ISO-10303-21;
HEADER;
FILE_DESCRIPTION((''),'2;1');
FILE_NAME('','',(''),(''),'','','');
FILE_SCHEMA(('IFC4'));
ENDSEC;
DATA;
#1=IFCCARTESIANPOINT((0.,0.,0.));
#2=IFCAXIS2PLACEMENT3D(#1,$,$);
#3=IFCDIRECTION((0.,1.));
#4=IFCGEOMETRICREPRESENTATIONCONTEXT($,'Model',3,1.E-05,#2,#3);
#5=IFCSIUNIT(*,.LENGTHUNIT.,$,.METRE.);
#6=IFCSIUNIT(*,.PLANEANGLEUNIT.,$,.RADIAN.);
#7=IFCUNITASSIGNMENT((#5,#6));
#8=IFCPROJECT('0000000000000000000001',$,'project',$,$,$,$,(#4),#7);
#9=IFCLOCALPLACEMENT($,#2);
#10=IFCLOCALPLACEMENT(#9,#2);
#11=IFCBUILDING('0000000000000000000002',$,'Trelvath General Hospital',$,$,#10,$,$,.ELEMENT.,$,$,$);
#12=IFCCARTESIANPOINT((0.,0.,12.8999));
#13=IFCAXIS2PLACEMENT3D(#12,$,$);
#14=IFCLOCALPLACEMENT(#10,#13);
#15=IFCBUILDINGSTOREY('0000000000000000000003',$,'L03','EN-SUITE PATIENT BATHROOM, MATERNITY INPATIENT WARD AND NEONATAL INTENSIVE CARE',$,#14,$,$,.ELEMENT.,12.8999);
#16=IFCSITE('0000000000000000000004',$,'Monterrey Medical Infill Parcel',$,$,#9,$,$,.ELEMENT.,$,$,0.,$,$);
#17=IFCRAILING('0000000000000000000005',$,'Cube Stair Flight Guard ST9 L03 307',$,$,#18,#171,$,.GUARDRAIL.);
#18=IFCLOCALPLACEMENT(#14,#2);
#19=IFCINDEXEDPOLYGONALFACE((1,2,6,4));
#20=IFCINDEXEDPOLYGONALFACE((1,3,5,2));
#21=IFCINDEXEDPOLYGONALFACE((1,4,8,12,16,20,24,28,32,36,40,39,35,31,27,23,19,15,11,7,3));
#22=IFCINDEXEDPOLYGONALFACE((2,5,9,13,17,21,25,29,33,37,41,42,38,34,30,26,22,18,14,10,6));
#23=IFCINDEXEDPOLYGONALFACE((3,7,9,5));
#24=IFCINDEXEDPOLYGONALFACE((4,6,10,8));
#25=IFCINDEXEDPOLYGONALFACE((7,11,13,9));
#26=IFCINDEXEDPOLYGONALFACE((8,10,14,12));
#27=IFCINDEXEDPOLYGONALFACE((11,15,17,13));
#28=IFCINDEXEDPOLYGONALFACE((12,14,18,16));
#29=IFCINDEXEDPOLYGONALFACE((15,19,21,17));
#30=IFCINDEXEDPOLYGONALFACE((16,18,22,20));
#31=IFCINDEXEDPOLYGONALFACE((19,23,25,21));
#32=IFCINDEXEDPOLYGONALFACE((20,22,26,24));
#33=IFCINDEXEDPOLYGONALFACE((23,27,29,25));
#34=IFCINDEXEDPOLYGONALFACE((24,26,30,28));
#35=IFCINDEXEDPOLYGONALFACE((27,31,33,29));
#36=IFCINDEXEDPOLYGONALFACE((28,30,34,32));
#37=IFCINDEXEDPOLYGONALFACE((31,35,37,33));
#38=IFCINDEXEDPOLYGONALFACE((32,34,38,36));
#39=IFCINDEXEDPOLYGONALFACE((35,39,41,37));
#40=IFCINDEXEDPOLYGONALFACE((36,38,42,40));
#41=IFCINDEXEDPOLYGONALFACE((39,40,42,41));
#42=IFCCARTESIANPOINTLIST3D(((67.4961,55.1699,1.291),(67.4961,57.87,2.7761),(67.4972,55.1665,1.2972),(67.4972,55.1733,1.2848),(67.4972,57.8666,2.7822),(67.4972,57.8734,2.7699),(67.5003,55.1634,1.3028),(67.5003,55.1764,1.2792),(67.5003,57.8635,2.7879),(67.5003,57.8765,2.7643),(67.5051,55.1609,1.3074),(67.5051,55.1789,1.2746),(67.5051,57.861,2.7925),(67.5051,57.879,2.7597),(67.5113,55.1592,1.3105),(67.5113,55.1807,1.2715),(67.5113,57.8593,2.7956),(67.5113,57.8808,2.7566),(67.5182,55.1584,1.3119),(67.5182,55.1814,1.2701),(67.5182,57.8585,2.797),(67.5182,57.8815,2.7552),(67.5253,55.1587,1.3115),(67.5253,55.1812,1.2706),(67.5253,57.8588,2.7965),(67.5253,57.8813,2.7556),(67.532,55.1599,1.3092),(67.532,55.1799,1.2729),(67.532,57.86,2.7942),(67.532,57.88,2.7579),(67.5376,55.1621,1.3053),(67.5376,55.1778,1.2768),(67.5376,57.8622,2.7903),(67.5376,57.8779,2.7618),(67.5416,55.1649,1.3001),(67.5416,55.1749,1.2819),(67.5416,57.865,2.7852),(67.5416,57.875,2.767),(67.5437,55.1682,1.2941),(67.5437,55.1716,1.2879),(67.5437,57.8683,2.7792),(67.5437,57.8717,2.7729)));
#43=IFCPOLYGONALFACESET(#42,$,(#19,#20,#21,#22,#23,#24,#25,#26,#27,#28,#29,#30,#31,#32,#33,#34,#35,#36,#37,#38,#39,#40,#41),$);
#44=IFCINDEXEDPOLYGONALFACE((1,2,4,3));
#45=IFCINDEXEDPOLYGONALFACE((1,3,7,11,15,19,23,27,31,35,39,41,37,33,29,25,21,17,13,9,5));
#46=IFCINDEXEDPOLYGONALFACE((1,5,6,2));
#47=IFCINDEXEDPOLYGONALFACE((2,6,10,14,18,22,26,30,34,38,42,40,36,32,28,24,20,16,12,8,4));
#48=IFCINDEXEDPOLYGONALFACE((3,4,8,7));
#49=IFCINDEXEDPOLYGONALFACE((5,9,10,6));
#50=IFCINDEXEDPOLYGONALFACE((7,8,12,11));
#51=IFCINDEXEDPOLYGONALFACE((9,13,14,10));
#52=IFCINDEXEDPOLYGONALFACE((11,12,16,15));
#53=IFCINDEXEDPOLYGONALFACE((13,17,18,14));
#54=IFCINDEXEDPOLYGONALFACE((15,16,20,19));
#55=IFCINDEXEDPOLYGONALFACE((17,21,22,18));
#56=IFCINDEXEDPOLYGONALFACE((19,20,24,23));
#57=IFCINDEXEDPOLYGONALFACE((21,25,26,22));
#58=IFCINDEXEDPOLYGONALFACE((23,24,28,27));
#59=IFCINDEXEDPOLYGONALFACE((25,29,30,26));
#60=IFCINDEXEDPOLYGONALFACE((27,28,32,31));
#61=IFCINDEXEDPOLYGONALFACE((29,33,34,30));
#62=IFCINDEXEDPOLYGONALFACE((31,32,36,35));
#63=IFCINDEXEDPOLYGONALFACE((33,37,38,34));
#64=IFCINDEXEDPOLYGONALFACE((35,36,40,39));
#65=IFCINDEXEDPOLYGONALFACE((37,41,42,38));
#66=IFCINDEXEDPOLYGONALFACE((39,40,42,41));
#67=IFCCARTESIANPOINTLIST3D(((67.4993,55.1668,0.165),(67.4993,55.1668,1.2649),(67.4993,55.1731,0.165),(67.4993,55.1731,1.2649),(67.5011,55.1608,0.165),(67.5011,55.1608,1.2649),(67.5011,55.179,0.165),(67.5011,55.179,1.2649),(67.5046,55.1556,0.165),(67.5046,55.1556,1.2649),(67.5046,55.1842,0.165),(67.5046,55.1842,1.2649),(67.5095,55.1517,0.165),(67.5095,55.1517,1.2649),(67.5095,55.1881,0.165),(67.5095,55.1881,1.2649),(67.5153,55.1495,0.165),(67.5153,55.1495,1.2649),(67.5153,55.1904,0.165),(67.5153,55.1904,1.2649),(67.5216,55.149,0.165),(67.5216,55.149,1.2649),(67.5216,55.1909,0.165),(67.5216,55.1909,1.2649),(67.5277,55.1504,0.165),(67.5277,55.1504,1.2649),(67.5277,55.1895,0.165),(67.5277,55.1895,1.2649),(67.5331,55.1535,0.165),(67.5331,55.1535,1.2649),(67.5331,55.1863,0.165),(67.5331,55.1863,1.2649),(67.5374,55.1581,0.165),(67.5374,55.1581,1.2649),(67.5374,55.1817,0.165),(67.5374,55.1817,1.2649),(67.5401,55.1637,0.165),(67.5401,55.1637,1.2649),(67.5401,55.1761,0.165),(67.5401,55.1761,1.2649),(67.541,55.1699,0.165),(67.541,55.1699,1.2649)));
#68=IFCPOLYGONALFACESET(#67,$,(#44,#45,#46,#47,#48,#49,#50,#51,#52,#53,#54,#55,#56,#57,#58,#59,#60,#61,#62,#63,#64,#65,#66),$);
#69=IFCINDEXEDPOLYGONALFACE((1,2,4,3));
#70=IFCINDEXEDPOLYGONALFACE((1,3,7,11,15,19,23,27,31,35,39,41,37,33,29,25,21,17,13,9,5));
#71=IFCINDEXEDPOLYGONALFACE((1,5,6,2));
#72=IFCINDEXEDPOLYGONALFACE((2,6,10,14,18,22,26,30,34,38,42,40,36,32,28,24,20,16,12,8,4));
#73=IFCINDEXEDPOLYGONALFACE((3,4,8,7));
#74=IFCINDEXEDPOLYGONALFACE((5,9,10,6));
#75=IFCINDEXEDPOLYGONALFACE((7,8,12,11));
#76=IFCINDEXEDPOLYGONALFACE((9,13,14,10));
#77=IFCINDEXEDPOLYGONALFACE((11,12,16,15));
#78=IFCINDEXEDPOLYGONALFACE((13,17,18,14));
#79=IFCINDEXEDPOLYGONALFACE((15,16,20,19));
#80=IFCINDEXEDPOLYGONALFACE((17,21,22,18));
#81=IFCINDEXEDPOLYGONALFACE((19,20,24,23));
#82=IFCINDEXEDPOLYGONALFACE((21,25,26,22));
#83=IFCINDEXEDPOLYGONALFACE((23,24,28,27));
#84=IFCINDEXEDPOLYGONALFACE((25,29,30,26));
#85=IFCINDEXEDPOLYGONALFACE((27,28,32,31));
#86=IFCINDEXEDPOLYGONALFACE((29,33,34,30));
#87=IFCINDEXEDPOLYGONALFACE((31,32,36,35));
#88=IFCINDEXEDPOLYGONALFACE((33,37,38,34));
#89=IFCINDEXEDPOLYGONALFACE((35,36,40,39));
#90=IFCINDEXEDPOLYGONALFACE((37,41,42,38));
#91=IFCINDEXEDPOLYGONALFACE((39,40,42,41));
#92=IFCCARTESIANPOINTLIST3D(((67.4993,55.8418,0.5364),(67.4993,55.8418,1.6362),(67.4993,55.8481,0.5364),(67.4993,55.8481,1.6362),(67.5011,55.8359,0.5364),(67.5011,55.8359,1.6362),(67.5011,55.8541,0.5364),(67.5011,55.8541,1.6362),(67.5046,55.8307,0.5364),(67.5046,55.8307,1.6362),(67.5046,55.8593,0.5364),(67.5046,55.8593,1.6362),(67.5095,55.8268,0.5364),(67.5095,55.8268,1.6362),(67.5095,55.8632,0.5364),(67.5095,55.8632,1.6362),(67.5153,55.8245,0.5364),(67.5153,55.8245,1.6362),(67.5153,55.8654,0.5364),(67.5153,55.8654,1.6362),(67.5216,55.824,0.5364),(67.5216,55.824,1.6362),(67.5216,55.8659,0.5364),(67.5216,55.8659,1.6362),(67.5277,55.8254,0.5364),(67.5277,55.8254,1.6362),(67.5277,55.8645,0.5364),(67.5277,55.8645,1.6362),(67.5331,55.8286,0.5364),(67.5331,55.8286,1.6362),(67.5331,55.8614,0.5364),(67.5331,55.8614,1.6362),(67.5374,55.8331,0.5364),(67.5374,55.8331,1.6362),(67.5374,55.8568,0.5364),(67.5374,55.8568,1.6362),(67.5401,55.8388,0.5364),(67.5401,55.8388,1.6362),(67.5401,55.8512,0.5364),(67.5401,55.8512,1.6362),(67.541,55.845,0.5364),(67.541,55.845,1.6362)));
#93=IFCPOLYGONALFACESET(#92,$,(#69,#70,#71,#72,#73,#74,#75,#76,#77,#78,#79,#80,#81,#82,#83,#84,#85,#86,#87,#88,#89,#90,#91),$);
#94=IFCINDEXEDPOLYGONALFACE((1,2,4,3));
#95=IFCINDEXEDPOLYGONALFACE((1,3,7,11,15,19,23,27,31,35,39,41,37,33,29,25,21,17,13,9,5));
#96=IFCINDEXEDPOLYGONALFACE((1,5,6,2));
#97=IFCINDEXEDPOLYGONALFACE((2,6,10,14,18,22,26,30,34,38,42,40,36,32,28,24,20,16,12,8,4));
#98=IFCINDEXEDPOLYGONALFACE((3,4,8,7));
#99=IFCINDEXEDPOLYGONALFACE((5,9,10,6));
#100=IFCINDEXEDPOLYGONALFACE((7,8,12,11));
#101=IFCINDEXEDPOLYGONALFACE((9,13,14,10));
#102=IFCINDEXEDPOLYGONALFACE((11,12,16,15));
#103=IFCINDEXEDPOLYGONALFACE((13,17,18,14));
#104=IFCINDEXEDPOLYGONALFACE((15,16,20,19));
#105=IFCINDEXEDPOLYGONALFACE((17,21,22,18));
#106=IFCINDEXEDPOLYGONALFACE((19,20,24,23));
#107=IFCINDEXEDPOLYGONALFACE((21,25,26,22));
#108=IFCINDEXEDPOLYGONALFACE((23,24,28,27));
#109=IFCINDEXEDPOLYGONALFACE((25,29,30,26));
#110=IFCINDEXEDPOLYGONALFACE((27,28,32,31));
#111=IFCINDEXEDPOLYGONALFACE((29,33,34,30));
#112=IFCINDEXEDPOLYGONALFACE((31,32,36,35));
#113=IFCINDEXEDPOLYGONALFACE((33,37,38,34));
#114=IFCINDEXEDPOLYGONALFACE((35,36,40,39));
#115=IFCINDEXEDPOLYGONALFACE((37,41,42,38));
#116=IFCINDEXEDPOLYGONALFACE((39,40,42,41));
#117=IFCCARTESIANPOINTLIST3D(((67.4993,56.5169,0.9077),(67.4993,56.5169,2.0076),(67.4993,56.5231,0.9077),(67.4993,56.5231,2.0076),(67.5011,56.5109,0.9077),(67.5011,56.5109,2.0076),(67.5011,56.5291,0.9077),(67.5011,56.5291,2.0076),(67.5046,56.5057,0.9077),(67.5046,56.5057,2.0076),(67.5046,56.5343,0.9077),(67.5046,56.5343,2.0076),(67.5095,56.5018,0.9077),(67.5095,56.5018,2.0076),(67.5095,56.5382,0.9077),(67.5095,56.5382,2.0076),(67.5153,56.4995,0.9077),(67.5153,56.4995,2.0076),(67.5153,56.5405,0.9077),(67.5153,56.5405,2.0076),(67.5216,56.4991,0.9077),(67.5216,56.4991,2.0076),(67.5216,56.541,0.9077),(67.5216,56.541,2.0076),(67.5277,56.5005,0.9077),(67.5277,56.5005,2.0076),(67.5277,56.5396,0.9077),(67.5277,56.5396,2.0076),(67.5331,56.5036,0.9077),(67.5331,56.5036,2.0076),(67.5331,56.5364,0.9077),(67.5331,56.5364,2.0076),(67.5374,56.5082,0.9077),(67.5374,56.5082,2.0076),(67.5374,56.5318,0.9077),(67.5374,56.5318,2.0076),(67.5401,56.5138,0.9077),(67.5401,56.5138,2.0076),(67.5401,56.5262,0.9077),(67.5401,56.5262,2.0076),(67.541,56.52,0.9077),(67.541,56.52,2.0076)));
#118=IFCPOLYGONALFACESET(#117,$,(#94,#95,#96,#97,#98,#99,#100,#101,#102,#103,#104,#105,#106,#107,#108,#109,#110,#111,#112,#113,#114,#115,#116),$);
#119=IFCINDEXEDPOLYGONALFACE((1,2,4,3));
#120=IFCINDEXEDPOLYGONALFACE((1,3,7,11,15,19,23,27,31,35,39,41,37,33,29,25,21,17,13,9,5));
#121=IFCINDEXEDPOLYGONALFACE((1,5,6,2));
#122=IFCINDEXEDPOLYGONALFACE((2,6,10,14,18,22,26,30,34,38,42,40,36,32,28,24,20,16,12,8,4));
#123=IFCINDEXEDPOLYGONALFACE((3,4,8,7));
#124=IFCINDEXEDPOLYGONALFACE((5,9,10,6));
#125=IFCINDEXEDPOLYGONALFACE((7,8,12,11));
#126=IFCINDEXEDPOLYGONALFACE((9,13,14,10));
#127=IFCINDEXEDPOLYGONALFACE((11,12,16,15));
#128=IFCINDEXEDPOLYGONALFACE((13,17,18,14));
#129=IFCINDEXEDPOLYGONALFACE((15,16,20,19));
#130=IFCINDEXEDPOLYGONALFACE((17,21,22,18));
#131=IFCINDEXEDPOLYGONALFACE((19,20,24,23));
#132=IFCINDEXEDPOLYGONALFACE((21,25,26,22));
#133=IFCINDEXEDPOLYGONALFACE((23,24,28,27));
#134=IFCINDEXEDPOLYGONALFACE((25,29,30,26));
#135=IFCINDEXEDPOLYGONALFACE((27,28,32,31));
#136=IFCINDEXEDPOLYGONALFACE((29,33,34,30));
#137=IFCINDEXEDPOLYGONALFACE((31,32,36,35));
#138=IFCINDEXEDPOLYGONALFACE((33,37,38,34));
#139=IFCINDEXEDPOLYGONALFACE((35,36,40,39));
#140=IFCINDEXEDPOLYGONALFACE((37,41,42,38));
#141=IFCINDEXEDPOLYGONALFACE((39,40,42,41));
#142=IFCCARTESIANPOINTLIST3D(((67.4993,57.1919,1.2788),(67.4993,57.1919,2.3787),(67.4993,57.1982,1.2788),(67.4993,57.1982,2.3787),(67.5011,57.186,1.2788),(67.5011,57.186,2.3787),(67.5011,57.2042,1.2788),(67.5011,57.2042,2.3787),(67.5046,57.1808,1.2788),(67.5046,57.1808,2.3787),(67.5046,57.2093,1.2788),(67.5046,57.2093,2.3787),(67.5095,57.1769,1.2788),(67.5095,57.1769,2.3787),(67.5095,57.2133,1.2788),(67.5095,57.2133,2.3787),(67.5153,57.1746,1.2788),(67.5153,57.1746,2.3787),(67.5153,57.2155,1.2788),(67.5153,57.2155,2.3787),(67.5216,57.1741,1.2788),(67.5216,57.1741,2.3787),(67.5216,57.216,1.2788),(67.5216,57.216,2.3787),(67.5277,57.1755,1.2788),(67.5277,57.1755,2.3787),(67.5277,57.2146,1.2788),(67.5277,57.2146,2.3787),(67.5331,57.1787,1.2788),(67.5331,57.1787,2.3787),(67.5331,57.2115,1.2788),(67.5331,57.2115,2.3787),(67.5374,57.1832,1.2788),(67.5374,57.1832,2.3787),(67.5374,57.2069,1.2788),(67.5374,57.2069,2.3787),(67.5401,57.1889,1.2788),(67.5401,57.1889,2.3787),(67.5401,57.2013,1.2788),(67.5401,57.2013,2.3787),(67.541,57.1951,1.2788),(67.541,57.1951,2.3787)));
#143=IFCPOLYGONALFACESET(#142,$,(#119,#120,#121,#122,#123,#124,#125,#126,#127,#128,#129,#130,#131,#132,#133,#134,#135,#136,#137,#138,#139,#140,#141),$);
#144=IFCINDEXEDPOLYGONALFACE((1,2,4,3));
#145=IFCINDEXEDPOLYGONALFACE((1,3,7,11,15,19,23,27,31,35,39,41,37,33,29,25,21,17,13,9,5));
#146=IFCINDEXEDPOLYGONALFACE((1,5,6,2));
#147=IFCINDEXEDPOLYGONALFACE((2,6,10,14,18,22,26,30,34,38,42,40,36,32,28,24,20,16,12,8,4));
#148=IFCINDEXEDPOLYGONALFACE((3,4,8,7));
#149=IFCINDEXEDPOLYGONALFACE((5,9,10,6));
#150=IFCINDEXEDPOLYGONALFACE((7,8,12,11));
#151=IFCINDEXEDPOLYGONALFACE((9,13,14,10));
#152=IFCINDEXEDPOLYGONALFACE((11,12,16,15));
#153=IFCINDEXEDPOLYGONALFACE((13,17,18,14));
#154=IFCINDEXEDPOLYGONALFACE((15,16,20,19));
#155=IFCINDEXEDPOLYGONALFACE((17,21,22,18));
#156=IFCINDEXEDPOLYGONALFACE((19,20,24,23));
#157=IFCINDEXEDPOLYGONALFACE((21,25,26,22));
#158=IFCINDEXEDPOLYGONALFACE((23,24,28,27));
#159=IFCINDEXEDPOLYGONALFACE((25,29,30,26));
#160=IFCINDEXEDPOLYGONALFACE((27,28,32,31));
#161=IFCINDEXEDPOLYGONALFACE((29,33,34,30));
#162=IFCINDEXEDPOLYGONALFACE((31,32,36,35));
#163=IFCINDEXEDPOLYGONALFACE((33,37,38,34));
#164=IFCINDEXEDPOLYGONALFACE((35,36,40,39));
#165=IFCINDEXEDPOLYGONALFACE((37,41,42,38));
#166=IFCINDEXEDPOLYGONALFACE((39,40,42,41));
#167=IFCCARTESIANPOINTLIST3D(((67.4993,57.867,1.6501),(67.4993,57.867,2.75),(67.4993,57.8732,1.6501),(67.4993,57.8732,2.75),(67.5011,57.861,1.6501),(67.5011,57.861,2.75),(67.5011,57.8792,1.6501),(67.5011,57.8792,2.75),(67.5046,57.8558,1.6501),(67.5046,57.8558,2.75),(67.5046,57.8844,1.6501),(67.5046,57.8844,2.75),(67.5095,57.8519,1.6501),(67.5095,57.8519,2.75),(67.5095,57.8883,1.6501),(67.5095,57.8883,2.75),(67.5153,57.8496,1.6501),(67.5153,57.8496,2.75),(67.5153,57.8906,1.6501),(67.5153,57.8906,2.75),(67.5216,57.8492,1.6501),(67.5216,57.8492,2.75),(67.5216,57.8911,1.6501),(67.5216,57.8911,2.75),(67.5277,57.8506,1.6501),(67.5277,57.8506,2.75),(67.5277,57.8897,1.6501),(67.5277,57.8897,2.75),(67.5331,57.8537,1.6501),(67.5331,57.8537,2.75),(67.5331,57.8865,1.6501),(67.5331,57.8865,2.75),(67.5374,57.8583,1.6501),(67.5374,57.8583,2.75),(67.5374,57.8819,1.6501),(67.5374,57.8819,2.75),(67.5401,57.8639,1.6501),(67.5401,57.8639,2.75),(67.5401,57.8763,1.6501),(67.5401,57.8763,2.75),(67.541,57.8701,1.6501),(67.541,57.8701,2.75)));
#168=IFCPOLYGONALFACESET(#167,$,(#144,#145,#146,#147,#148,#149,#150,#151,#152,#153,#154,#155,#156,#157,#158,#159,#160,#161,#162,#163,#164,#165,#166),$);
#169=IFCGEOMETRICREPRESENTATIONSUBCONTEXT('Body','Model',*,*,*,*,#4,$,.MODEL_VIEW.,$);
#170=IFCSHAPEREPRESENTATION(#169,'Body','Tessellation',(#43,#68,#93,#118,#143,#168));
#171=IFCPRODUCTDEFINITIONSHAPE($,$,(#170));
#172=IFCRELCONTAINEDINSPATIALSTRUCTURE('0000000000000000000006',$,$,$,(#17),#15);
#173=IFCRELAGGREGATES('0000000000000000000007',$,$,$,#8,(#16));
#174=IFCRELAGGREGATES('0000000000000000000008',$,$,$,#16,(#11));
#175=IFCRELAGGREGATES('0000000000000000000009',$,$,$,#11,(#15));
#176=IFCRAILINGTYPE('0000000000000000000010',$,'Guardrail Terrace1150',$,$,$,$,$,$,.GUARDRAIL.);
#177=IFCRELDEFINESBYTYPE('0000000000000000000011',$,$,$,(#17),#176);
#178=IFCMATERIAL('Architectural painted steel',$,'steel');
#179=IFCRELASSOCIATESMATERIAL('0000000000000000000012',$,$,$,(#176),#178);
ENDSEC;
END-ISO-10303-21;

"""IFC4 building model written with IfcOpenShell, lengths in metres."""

from ifc_helpers import new_model, si_unit, direction, frame, origin, origin_2d, place, context, subcontext, project, spatial, circle, extrude, material, type_object, element, save


model = new_model("IFC4")

# Units and contexts
model_context = context("Model", 3, precision=1e-05, world=origin(), true_north=direction((0.0, 1.0)))
body_context = subcontext(model_context, "Body", "Model", "MODEL_VIEW")
ifc_project = project(units=[si_unit("LENGTHUNIT", "METRE"), si_unit("PLANEANGLEUNIT", "RADIAN")], contexts=[model_context])

# Site, building, storey
site_placement = place(None, origin())
site = spatial("IfcSite", under=ifc_project, at=site_placement, Name="Monterrey Medical Infill Parcel", CompositionType="ELEMENT", RefElevation=0.0)
building_placement = place(site_placement, origin())
building = spatial("IfcBuilding", under=site, at=building_placement, Name="Trelvath General Hospital", CompositionType="ELEMENT")
storey_placement = place(building_placement, frame((0.0, 0.0, 12.8999)))
storey = spatial("IfcBuildingStorey", under=building, at=storey_placement, Name="L03", Description="EN-SUITE PATIENT BATHROOM, MATERNITY INPATIENT WARD AND NEONATAL INTENSIVE CARE", CompositionType="ELEMENT", Elevation=12.8999)

# Railing
ifc_material_1 = material(Name="Architectural painted steel", Category="steel")
railing_type = type_object("IfcRailingType", Name="Guardrail Terrace1150", PredefinedType="GUARDRAIL", material=ifc_material_1)
railing_placement = place(storey_placement, frame((67.52, 55.1699, 0.165)))
element("IfcRailing", 1, at=railing_placement, inside=storey, type_object=railing_type, Name="Cube Stair Flight Guard ST9 L03 307", PredefinedType="GUARDRAIL", context=body_context, shape_type="SweptSolid", body=[
    extrude(circle(Radius=0.0239, at=origin_2d()), frame((0.0, 0.0, 1.126), z_axis=(0.0, 0.876216, 0.481919), x_axis=(-1.0, 0.0, 0.0)), (0.0, 0.0, 1.0), 3.0815),
    extrude(circle(Radius=0.021, at=origin_2d()), origin(), (0.0, 0.0, 1.0), 1.0999),
    extrude(circle(Radius=0.021, at=origin_2d()), frame((0.0, 0.675, 0.3713)), (0.0, 0.0, 1.0), 1.0999),
    extrude(circle(Radius=0.021, at=origin_2d()), frame((0.0, 1.3501, 0.7427)), (0.0, 0.0, 1.0), 1.0999),
    extrude(circle(Radius=0.021, at=origin_2d()), frame((0.0, 2.0251, 1.1138)), (0.0, 0.0, 1.0), 1.0999),
    extrude(circle(Radius=0.021, at=origin_2d()), frame((0.0, 2.7002, 1.4851)), (0.0, 0.0, 1.0), 1.0999),
])

save(model, "model.ifc")
